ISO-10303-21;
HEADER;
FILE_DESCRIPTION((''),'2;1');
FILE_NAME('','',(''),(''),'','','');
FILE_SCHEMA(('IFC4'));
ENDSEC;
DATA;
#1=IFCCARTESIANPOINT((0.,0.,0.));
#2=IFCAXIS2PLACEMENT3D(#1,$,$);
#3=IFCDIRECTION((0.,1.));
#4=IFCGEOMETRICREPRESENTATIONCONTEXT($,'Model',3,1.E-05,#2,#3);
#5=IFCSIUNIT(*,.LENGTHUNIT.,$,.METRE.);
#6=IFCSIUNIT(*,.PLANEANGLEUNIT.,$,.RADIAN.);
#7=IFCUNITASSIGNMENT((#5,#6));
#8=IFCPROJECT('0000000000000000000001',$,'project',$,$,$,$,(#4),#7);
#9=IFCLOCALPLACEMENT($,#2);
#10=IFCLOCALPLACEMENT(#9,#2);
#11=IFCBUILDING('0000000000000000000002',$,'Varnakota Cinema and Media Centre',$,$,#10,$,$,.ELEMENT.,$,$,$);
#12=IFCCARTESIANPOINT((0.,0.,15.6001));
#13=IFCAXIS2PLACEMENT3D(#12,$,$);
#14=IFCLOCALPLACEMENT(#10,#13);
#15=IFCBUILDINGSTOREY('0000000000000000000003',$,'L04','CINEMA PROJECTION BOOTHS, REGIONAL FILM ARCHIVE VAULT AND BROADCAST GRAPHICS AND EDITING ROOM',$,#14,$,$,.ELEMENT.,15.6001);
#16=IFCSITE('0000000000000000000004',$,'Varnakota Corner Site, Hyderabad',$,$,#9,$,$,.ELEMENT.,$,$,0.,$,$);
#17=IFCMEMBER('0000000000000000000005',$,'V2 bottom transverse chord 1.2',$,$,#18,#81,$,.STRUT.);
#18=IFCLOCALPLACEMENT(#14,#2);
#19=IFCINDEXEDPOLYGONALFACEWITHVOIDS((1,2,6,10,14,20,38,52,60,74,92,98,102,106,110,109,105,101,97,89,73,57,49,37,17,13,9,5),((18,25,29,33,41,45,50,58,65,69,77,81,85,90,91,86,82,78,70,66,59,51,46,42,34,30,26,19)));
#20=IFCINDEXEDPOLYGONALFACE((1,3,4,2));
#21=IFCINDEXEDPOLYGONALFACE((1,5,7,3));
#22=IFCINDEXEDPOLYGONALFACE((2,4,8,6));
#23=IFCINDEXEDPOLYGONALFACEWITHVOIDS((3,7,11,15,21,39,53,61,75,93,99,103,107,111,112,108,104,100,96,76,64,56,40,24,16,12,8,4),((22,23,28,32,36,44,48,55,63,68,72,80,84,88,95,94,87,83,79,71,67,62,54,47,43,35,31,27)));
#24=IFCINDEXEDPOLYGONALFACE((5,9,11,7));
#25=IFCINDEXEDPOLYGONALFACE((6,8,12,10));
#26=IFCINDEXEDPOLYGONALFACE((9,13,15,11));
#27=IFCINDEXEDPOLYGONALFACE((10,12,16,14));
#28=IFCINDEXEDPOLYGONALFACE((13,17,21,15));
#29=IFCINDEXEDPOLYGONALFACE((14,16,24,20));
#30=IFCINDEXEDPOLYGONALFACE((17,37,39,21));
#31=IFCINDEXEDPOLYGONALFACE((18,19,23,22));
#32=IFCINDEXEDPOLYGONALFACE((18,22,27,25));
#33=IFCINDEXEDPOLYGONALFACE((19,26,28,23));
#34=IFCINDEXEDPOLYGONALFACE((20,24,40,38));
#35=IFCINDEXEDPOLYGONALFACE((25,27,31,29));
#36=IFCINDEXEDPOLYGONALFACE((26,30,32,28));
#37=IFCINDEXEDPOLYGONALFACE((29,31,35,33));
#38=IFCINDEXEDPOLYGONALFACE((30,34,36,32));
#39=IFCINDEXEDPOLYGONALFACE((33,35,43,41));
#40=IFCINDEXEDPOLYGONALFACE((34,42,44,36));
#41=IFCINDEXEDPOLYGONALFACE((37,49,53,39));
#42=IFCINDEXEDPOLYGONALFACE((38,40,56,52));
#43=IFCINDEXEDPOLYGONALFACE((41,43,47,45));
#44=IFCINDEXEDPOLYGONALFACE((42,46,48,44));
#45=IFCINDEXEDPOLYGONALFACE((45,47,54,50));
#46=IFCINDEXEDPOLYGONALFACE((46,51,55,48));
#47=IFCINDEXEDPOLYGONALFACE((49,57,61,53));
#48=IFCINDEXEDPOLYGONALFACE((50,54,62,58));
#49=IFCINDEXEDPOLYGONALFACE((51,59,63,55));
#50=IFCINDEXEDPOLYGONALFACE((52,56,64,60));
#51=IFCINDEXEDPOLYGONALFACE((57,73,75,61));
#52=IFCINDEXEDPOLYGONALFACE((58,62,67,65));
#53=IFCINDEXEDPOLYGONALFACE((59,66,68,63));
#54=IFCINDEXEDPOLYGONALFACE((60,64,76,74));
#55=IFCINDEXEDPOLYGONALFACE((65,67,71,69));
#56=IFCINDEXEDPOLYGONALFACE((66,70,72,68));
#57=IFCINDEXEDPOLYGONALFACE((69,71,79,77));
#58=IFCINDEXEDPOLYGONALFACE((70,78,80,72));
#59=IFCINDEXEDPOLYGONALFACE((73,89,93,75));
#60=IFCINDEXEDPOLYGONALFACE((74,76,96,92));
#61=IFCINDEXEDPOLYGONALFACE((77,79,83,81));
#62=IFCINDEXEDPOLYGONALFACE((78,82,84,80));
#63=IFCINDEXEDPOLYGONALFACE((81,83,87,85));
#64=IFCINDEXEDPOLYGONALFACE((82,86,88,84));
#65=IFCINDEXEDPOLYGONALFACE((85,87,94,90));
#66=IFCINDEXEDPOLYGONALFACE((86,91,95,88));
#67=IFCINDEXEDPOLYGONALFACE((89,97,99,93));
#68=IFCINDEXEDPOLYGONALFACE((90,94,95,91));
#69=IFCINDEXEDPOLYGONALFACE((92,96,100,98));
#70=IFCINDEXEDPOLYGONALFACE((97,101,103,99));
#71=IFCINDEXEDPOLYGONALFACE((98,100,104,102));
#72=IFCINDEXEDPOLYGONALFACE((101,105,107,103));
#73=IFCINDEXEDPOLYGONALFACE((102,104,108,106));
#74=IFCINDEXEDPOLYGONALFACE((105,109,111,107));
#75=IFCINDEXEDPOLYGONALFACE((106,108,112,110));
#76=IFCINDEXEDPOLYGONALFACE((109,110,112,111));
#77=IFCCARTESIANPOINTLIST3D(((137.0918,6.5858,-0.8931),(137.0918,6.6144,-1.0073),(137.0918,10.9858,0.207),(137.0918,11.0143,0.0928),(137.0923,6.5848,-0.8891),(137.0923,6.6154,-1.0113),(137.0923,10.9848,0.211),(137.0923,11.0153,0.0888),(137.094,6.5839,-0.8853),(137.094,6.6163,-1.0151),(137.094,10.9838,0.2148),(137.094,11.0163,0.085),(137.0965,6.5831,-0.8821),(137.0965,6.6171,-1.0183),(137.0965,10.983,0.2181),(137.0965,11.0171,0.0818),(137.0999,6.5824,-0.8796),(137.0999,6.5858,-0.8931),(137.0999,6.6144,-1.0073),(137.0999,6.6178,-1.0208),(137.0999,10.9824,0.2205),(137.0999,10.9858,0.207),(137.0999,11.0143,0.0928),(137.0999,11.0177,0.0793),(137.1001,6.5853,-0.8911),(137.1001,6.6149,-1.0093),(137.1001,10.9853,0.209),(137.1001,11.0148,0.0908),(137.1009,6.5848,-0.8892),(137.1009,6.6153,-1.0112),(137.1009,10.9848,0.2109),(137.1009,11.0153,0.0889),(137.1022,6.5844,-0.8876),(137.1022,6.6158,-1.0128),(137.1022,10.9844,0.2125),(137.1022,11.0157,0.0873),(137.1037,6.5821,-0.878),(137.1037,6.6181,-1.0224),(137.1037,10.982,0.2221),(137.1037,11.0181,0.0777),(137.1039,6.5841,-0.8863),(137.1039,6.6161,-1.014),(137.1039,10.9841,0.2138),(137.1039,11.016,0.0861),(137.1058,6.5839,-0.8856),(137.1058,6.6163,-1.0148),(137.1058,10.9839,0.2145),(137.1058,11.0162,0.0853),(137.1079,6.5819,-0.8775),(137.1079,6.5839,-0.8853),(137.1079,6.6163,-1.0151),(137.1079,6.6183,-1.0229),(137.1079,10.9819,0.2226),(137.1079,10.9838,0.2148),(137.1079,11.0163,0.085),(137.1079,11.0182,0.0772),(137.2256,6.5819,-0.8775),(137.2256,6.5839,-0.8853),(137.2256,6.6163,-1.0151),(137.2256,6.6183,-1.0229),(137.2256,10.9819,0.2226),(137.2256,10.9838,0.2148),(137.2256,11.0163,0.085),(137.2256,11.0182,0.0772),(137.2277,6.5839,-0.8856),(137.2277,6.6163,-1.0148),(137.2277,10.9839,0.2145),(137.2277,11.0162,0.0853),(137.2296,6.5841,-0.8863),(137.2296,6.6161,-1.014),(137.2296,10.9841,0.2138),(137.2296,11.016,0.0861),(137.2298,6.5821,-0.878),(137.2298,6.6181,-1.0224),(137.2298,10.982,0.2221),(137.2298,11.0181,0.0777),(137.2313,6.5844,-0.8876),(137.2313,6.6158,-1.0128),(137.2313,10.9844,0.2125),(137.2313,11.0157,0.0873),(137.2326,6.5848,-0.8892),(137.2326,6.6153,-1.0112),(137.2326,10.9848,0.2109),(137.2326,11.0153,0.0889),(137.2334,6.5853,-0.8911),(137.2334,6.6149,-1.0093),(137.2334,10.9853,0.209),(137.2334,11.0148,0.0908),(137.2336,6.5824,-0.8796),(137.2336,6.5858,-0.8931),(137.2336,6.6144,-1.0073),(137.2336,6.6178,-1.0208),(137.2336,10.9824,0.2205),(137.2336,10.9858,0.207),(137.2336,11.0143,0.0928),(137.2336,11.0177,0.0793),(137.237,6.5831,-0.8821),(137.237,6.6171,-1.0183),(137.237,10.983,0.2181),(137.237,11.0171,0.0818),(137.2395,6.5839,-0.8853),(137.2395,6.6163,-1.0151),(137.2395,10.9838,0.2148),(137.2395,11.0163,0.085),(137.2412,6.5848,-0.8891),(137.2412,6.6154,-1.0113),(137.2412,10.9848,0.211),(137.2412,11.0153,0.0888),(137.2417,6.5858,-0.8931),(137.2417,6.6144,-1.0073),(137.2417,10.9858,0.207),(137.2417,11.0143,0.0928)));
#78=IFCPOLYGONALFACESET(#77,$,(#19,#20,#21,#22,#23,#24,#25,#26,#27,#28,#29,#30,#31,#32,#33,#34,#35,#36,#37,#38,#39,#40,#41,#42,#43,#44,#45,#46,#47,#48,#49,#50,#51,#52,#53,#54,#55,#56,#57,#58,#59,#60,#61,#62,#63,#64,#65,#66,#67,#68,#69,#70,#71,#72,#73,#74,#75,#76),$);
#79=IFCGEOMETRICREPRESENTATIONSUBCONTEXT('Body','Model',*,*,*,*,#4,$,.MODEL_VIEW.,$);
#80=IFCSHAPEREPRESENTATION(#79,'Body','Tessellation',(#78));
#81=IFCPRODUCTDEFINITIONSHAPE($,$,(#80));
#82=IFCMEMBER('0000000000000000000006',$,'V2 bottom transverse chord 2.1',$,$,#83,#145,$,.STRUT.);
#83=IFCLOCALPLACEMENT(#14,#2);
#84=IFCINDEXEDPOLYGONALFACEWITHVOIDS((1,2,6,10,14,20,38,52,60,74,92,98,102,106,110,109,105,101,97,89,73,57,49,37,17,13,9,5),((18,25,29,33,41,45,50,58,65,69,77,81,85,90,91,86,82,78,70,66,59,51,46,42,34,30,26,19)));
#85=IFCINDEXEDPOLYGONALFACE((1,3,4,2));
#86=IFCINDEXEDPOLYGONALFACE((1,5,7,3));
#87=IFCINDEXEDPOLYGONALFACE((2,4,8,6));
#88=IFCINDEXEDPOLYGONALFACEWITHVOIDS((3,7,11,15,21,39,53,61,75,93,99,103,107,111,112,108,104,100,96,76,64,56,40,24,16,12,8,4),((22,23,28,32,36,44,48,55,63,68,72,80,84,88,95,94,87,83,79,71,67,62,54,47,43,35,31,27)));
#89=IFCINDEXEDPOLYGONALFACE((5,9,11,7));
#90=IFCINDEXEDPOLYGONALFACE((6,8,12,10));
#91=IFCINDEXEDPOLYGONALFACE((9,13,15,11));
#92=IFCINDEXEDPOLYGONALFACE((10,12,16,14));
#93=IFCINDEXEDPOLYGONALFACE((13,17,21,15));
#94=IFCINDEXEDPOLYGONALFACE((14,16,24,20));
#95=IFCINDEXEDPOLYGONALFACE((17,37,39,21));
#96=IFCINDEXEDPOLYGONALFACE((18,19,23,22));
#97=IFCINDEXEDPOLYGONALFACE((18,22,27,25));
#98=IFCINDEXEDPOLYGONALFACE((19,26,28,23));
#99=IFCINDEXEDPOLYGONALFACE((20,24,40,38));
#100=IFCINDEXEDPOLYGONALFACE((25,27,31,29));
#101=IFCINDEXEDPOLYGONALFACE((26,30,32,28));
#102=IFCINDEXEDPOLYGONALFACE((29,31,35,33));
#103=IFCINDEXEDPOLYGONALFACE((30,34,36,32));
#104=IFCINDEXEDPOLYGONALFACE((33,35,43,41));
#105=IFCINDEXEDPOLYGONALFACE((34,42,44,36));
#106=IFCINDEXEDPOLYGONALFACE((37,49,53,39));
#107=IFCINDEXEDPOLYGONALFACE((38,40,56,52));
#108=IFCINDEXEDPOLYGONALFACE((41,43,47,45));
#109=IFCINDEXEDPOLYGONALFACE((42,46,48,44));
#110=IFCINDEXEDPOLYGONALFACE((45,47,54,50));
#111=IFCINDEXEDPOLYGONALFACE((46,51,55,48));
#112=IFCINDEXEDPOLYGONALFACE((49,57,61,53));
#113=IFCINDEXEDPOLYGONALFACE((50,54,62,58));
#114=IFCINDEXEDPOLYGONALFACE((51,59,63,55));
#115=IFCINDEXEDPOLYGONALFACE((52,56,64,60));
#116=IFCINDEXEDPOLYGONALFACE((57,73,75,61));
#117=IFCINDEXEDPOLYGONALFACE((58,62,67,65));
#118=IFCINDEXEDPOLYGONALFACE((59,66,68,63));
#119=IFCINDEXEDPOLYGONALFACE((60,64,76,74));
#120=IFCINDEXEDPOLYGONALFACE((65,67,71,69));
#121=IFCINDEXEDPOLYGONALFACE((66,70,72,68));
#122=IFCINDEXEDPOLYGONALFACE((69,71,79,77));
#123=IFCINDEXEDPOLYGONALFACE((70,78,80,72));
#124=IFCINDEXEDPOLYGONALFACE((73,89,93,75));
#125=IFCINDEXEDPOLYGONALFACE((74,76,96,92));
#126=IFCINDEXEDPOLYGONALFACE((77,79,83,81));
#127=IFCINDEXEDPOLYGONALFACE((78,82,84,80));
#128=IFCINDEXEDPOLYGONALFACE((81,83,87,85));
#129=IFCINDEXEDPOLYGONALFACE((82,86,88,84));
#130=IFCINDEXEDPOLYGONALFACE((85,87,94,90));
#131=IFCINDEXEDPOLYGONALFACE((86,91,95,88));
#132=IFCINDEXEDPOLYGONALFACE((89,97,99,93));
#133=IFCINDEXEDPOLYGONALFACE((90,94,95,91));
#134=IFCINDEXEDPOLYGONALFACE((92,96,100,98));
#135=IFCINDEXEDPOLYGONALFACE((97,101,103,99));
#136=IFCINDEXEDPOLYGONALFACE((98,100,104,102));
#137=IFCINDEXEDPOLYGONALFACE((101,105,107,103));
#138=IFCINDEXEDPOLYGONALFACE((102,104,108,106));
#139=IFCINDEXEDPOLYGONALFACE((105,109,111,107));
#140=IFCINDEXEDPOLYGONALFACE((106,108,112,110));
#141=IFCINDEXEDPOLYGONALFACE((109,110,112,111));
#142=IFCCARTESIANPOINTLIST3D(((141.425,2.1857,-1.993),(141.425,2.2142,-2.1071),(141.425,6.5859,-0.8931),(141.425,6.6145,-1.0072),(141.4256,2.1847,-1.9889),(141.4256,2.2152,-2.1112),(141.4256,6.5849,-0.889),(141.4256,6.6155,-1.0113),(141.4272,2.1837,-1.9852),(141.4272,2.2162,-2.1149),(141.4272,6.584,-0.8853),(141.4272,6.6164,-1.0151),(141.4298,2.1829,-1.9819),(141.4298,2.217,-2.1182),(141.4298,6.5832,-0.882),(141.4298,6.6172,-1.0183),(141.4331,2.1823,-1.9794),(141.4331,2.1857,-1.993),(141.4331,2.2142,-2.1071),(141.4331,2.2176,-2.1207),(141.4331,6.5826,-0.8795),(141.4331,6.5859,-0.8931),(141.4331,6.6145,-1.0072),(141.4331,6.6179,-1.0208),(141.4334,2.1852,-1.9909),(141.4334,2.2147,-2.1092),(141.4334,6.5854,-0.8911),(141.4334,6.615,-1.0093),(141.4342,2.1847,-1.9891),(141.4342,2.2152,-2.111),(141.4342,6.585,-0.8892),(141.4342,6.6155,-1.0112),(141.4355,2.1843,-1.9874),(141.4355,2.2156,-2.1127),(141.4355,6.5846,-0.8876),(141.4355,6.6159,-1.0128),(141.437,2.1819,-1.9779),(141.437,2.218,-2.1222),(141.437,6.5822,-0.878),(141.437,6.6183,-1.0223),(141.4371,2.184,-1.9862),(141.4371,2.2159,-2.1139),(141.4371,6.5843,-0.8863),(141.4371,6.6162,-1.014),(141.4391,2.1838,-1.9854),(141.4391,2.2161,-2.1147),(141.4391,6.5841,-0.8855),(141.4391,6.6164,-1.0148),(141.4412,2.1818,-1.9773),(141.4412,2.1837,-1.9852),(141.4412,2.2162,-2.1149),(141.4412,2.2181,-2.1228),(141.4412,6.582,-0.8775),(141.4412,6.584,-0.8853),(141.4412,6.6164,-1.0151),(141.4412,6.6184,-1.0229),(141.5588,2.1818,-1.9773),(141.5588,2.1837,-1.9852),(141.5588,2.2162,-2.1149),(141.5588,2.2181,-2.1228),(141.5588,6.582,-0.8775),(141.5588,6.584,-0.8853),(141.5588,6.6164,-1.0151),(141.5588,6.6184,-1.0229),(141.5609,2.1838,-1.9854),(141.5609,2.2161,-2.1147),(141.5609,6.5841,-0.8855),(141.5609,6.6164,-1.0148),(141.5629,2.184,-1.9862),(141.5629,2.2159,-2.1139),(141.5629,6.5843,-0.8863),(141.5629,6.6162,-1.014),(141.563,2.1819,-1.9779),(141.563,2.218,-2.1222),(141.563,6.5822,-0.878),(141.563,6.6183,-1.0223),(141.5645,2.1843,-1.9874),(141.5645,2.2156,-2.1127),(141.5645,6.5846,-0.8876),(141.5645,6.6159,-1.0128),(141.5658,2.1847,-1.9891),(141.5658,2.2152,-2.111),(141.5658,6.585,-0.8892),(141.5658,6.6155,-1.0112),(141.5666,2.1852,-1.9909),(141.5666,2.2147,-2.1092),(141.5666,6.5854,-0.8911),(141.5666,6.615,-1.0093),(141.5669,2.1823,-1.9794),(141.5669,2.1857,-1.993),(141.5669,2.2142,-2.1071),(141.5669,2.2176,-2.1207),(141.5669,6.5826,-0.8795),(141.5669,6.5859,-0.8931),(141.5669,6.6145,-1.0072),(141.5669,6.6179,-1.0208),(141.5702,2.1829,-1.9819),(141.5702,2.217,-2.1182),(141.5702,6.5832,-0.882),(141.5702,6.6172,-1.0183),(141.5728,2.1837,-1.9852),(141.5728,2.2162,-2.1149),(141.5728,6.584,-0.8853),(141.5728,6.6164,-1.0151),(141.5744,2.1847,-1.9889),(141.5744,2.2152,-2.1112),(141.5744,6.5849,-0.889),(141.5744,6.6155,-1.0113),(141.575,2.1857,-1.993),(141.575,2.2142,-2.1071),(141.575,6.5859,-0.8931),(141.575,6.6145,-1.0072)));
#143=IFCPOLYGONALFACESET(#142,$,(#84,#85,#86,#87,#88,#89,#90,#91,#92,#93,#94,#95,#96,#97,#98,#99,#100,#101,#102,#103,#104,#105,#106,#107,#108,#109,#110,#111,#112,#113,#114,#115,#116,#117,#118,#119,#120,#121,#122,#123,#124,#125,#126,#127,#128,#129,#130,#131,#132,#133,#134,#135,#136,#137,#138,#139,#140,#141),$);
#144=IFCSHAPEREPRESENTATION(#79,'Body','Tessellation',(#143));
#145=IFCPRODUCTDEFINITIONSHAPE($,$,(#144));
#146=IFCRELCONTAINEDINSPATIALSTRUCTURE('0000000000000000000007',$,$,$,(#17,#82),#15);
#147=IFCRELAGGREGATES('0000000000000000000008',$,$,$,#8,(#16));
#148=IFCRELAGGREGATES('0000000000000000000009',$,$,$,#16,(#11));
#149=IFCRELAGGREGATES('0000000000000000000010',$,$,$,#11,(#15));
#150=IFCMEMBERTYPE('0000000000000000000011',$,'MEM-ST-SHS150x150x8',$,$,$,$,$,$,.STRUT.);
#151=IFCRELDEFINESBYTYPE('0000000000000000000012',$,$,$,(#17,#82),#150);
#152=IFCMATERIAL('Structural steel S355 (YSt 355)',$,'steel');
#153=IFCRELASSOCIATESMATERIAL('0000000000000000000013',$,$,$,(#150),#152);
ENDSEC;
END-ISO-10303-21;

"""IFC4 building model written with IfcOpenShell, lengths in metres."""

from ifc_helpers import new_model, si_unit, direction, frame, origin, origin_2d, place, context, subcontext, project, spatial, hollow_rectangle, extrude, material, material_profile, profile_set, type_object, element, save


model = new_model("IFC4")

# Units and contexts
model_context = context("Model", 3, precision=1e-05, world=origin(), true_north=direction((0.0, 1.0)))
body_context = subcontext(model_context, "Body", "Model", "MODEL_VIEW")
ifc_project = project(units=[si_unit("LENGTHUNIT", "METRE"), si_unit("PLANEANGLEUNIT", "RADIAN")], contexts=[model_context])

# Site, building, storey
site_placement = place(None, origin())
site = spatial("IfcSite", under=ifc_project, at=site_placement, Name="Varnakota Corner Site, Hyderabad", CompositionType="ELEMENT", RefElevation=0.0)
building_placement = place(site_placement, origin())
building = spatial("IfcBuilding", under=site, at=building_placement, Name="Varnakota Cinema and Media Centre", CompositionType="ELEMENT")
storey_placement = place(building_placement, frame((0.0, 0.0, 15.6001)))
storey = spatial("IfcBuildingStorey", under=building, at=storey_placement, Name="L04", Description="CINEMA PROJECTION BOOTHS, REGIONAL FILM ARCHIVE VAULT AND BROADCAST GRAPHICS AND EDITING ROOM", CompositionType="ELEMENT", Elevation=15.6001)

# Members
ifc_material_1 = material(Name="Structural steel S355 (YSt 355)", Category="steel")
ifc_material_profile_1 = material_profile(ifc_material_1, hollow_rectangle(XDim=0.1499, YDim=0.1499, WallThickness=0.0081, InnerFilletRadius=0.0081, OuterFilletRadius=0.0161, at=origin_2d()), Name="SHS 150x150x8")
ifc_profile_set_1 = profile_set([ifc_material_profile_1], Name="Structural steel S355 (YSt 355)")
member_type_1 = type_object("IfcMemberType", Name="MEM-ST-SHS150x150x8", PredefinedType="STRUT", material=ifc_profile_set_1)
member_1_placement = place(storey_placement, frame((137.1667, 6.6001, -0.9502), z_axis=(0.0, 0.970136, 0.242561), x_axis=(-1.0, 0.0, 0.0)))
element("IfcMember", 1, at=member_1_placement, inside=storey, type_object=member_type_1, Name="V2 bottom transverse chord 1.2", PredefinedType="STRUT", context=body_context, shape_type="SweptSolid", body=[
    extrude(hollow_rectangle(XDim=0.1499, YDim=0.1499, WallThickness=0.0081, InnerFilletRadius=0.0081, OuterFilletRadius=0.0161, at=origin_2d()), origin(), (0.0, 0.0, 1.0), 4.5354),
])
member_2_placement = place(storey_placement, frame((141.5, 2.2, -2.05), z_axis=(0.0, 0.970152, 0.242498), x_axis=(-1.0, 0.0, 0.0)))
element("IfcMember", 2, at=member_2_placement, inside=storey, type_object=member_type_1, Name="V2 bottom transverse chord 2.1", PredefinedType="STRUT", context=body_context, shape_type="SweptSolid", body=[
    extrude(hollow_rectangle(XDim=0.1499, YDim=0.1499, WallThickness=0.0081, InnerFilletRadius=0.0081, OuterFilletRadius=0.0161, at=origin_2d()), origin(), (0.0, 0.0, 1.0), 4.5356),
])

save(model, "model.ifc")
